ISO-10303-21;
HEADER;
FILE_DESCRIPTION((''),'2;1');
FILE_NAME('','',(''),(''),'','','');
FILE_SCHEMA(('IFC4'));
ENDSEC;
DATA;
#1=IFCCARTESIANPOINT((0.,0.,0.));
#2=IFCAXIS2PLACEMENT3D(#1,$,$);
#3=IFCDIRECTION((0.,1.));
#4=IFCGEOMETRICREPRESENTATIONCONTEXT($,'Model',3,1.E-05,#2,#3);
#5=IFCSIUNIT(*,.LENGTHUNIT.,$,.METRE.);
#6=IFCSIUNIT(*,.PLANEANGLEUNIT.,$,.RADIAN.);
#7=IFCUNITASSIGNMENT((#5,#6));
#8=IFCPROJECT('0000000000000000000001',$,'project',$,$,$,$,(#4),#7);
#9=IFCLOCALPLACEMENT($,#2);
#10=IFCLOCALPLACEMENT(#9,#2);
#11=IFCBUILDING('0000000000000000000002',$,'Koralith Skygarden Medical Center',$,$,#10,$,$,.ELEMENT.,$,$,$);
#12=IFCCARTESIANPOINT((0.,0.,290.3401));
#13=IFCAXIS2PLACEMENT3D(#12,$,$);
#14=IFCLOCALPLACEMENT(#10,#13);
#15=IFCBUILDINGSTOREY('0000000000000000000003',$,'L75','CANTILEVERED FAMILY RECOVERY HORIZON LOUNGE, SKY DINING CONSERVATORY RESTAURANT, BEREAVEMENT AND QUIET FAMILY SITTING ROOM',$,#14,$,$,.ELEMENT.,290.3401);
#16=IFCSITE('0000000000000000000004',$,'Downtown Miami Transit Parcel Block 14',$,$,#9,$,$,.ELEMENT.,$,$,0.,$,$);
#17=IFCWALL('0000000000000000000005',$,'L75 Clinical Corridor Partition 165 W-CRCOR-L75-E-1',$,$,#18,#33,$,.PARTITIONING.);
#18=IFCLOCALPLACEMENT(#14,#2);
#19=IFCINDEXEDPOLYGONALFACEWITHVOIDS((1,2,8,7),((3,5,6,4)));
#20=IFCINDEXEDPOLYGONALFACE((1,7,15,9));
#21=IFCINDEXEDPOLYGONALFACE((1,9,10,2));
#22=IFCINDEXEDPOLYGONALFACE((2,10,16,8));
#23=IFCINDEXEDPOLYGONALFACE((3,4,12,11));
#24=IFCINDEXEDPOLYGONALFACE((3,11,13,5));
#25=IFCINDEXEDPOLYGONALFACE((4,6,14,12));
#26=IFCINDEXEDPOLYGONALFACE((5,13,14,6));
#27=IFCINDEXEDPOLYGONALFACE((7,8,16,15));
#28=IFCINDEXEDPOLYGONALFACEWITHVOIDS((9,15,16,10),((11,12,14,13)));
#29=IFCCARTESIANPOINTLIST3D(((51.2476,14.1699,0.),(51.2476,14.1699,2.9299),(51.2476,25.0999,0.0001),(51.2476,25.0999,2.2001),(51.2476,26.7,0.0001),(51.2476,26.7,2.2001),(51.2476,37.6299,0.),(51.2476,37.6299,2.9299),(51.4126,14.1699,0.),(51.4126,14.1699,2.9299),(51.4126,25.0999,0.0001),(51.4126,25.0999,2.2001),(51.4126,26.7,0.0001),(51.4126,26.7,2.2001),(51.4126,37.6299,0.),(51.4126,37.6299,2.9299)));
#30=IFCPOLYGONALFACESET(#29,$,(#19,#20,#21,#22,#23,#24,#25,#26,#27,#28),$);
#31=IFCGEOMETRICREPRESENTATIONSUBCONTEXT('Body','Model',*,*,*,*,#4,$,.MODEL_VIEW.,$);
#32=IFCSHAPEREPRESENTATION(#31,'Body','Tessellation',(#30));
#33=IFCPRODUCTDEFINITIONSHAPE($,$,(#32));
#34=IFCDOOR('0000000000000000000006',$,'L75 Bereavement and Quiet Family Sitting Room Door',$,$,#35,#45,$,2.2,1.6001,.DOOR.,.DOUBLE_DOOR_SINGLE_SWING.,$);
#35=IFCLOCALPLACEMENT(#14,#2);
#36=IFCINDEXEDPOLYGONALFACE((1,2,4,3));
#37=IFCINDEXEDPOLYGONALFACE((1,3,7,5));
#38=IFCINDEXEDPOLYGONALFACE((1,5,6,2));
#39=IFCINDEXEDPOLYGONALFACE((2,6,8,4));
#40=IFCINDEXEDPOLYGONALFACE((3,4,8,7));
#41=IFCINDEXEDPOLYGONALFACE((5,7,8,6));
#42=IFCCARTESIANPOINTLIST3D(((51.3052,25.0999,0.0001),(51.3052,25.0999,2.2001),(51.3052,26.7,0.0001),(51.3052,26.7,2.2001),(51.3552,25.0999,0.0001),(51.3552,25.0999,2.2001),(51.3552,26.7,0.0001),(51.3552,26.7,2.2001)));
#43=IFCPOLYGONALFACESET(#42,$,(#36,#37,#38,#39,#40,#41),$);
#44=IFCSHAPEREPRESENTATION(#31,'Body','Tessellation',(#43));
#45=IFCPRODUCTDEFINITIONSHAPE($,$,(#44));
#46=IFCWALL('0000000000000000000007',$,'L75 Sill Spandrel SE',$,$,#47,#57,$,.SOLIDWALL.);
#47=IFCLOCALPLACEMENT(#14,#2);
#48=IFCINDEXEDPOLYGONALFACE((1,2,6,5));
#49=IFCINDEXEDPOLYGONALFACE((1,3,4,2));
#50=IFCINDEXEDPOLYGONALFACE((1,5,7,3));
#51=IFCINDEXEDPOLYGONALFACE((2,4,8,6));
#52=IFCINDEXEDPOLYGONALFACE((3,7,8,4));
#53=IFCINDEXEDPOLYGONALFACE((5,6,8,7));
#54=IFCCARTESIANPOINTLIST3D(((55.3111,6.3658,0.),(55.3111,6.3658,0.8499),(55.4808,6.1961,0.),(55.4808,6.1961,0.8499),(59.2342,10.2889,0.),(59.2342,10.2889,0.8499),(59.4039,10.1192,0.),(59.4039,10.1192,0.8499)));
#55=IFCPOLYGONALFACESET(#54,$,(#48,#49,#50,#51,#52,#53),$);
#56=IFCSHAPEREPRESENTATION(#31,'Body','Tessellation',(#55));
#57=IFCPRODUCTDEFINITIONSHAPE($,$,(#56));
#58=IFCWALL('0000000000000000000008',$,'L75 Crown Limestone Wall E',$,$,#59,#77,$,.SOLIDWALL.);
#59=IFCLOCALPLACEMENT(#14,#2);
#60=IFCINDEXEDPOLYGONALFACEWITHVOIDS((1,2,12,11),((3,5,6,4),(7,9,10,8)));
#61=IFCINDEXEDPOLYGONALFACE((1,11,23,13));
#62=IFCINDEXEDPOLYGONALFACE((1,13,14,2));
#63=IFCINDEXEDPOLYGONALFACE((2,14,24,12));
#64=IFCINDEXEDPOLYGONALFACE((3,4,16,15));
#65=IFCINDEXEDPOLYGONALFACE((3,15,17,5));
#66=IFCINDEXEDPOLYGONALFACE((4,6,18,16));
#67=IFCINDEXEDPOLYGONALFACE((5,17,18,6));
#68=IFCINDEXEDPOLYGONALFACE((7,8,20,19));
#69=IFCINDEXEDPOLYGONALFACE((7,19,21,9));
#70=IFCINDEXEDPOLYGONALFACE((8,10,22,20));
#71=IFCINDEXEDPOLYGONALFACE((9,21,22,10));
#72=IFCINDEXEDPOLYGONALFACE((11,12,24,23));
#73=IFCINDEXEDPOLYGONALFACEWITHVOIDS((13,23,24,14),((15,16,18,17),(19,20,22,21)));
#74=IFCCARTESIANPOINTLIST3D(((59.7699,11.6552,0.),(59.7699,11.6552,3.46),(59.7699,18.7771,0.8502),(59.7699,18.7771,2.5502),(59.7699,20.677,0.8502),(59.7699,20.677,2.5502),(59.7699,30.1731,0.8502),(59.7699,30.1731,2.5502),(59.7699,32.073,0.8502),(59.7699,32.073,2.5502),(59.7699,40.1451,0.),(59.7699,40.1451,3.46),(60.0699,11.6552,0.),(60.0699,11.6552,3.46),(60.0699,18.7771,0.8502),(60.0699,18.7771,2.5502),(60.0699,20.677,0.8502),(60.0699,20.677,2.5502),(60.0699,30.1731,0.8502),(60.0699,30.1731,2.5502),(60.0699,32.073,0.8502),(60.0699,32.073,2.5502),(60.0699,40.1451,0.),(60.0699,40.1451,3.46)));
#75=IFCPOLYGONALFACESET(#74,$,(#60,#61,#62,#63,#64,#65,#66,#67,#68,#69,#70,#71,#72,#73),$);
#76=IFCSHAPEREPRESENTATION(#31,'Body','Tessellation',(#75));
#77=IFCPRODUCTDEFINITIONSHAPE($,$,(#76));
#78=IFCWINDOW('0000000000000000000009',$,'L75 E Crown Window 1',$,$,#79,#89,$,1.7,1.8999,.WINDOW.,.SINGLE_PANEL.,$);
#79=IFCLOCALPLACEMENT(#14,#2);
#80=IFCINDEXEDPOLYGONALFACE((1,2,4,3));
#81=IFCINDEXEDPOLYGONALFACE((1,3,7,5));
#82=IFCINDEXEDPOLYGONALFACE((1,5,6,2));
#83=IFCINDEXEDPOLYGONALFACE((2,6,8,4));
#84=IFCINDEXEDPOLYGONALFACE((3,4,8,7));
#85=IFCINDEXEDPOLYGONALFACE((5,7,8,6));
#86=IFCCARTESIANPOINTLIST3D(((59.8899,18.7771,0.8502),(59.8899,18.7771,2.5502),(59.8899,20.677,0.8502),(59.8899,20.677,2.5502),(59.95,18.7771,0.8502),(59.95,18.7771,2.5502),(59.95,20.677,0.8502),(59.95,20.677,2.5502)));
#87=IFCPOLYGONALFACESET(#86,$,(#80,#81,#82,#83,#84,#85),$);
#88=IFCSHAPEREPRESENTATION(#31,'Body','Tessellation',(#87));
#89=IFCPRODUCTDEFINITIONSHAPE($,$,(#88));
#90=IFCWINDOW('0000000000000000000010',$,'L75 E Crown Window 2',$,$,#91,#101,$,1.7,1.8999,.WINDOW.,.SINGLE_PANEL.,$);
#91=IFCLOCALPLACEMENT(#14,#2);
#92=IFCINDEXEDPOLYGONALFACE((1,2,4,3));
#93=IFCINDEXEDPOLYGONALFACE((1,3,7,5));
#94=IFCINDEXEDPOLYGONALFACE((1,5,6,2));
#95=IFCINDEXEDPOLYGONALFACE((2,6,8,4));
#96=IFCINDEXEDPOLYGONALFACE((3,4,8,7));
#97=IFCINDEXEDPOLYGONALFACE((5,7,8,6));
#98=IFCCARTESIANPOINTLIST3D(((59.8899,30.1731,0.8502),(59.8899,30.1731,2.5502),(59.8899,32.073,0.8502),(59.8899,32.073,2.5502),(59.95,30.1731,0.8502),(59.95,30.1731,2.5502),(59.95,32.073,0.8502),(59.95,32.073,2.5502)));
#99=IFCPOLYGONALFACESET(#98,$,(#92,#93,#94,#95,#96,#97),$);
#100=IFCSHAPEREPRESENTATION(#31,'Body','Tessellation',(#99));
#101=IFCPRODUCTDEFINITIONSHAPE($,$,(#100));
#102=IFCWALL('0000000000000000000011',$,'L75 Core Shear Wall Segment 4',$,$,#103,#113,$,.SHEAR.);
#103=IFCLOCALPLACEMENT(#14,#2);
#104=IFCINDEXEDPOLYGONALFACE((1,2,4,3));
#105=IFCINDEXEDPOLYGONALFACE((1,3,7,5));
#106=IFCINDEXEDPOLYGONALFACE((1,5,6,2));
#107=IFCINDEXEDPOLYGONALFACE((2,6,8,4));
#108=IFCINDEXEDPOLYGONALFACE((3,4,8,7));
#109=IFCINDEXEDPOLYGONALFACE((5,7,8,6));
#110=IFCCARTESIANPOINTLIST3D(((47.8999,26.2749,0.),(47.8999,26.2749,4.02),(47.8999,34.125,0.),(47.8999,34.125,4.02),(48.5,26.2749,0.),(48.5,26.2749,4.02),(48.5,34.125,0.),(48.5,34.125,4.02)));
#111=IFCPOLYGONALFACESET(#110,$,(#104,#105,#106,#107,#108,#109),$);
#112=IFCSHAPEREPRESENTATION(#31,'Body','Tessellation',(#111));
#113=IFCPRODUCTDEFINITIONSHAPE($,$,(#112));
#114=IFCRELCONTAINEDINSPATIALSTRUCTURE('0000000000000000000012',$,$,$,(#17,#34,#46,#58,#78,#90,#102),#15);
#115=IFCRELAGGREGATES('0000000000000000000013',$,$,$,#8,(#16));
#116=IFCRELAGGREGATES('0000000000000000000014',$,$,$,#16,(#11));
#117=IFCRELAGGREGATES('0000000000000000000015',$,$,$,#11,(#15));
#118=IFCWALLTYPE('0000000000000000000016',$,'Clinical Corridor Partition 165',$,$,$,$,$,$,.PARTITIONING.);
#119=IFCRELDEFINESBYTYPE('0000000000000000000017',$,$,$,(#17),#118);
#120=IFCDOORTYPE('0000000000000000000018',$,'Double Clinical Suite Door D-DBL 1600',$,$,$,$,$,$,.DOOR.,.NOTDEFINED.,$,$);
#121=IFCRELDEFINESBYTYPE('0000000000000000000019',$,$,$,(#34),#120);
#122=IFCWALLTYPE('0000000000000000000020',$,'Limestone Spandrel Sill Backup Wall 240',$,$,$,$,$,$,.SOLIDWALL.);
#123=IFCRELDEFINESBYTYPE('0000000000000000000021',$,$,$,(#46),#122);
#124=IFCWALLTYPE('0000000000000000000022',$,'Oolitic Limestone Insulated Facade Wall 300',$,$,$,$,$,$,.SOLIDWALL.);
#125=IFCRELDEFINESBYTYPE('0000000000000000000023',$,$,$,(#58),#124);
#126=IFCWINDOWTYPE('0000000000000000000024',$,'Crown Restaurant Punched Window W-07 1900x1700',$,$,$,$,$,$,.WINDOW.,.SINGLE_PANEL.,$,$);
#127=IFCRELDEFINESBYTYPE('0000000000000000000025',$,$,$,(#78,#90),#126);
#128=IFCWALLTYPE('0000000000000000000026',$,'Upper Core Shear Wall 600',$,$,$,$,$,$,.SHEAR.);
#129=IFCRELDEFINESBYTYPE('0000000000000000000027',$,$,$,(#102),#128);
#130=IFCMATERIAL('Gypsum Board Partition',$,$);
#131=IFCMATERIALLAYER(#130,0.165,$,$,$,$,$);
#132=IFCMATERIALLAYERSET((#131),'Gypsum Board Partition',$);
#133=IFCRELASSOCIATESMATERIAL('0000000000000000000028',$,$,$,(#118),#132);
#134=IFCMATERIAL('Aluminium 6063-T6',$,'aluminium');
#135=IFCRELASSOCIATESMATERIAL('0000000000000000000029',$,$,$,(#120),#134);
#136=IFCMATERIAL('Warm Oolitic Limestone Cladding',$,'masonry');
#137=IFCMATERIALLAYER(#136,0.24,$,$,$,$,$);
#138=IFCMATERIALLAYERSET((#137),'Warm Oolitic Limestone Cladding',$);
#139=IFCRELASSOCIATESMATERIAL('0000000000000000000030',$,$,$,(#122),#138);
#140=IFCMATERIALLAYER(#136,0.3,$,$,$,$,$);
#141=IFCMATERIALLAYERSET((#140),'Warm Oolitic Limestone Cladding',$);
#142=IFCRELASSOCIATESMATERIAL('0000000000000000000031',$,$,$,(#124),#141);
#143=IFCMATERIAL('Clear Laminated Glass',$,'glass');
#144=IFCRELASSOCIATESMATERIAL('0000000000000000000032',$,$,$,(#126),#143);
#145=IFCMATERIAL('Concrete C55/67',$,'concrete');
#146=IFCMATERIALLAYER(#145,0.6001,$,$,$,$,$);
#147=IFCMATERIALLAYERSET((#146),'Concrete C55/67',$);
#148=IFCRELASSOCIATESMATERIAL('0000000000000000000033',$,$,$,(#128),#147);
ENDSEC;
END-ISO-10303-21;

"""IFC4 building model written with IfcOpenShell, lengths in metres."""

from ifc_helpers import new_model, si_unit, direction, frame, frame_2d, origin, place, context, subcontext, project, spatial, rectangle, extrude, material, layer, layer_set, type_object, element, fill, save


model = new_model("IFC4")

# Units and contexts
model_context = context("Model", 3, precision=1e-05, world=origin(), true_north=direction((0.0, 1.0)))
body_context = subcontext(model_context, "Body", "Model", "MODEL_VIEW")
ifc_project = project(units=[si_unit("LENGTHUNIT", "METRE"), si_unit("PLANEANGLEUNIT", "RADIAN")], contexts=[model_context])

# Site, building, storey
site_placement = place(None, origin())
site = spatial("IfcSite", under=ifc_project, at=site_placement, Name="Downtown Miami Transit Parcel Block 14", CompositionType="ELEMENT", RefElevation=0.0)
building_placement = place(site_placement, origin())
building = spatial("IfcBuilding", under=site, at=building_placement, Name="Koralith Skygarden Medical Center", CompositionType="ELEMENT")
storey_placement = place(building_placement, frame((0.0, 0.0, 290.3401)))
storey = spatial("IfcBuildingStorey", under=building, at=storey_placement, Name="L75", Description="CANTILEVERED FAMILY RECOVERY HORIZON LOUNGE, SKY DINING CONSERVATORY RESTAURANT, BEREAVEMENT AND QUIET FAMILY SITTING ROOM", CompositionType="ELEMENT", Elevation=290.3401)

# Shared definitions
ifc_material_1 = material(Name="Concrete C55/67", Category="concrete")

# Shared definitions
ifc_material_2 = material(Name="Clear Laminated Glass", Category="glass")
ifc_material_3 = material(Name="Aluminium 6063-T6", Category="aluminium")

# Shared definitions
ifc_material_4 = material(Name="Warm Oolitic Limestone Cladding", Category="masonry")

# Shared definitions
ifc_material_5 = material(Name="Gypsum Board Partition")
ifc_layer_1 = layer(ifc_material_5, 0.165)
ifc_layer_set_1 = layer_set([ifc_layer_1], Name="Gypsum Board Partition")
wall_type_1 = type_object("IfcWallType", Name="Clinical Corridor Partition 165", PredefinedType="PARTITIONING", material=ifc_layer_set_1)

# Wall, opening, door
door_type_1 = type_object("IfcDoorType", Name="Double Clinical Suite Door D-DBL 1600", OperationType="NOTDEFINED", PredefinedType="DOOR", material=ifc_material_3)
wall_1_placement = place(storey_placement, frame((51.3301, 14.1699, 0.0), z_axis=(0.0, 0.0, 1.0), x_axis=(0.0, 1.0, 0.0)))
wall_1 = element("IfcWall", 1, at=wall_1_placement, inside=storey, type_object=wall_type_1, Name="L75 Clinical Corridor Partition 165 W-CRCOR-L75-E-1", PredefinedType="PARTITIONING", context=body_context, shape_type="SweptSolid", body=[
    extrude(rectangle(XDim=23.46, YDim=0.165, at=frame_2d((11.73, 0.0))), origin(), (0.0, 0.0, 1.0), 2.9299),
])
opening_1_placement = place(wall_1_placement, frame((10.9299, 0.0, 0.0)))
opening_1 = element("IfcOpeningElement", 2, at=opening_1_placement, cuts=wall_1, PredefinedType="OPENING", context=body_context, shape_type="SweptSolid", body=[
    extrude(rectangle(XDim=1.6001, YDim=2.2, at=frame_2d((0.8, 1.1001))), frame((0.0, 0.0925, 0.0), z_axis=(0.0, -1.0, 0.0), x_axis=(1.0, 0.0, 0.0)), (0.0, 0.0, 1.0), 0.1851),
])
door_1_placement = place(opening_1_placement, origin())
door_1 = element("IfcDoor", 3, at=door_1_placement, inside=storey, type_object=door_type_1, Name="L75 Bereavement and Quiet Family Sitting Room Door", OperationType="DOUBLE_DOOR_SINGLE_SWING", OverallHeight=2.2, OverallWidth=1.6001, PredefinedType="DOOR", context=body_context, shape_type="SweptSolid", body=[
    extrude(rectangle(XDim=1.6001, YDim=2.2, at=frame_2d((0.8, 1.1001))), frame((0.0, 0.0249, 0.0), z_axis=(0.0, -1.0, 0.0), x_axis=(1.0, 0.0, 0.0)), (0.0, 0.0, 1.0), 0.05),
])
fill(opening_1, door_1)

# Wall
ifc_layer_2 = layer(ifc_material_4, 0.24)
ifc_layer_set_2 = layer_set([ifc_layer_2], Name="Warm Oolitic Limestone Cladding")
wall_type_2 = type_object("IfcWallType", Name="Limestone Spandrel Sill Backup Wall 240", PredefinedType="SOLIDWALL", material=ifc_layer_set_2)
wall_2_placement = place(storey_placement, frame((55.396, 6.281, 0.0), z_axis=(0.0, 0.0, 1.0), x_axis=(0.707107, 0.707107, 0.0)))
element("IfcWall", 4, at=wall_2_placement, inside=storey, type_object=wall_type_2, Name="L75 Sill Spandrel SE", PredefinedType="SOLIDWALL", context=body_context, shape_type="SweptSolid", body=[
    extrude(rectangle(XDim=5.5481, YDim=0.24, at=frame_2d((2.7739, 0.0))), origin(), (0.0, 0.0, 1.0), 0.8499),
])

# Wall, openings, windows
ifc_layer_3 = layer(ifc_material_4, 0.3)
ifc_layer_set_3 = layer_set([ifc_layer_3], Name="Warm Oolitic Limestone Cladding")
wall_type_3 = type_object("IfcWallType", Name="Oolitic Limestone Insulated Facade Wall 300", PredefinedType="SOLIDWALL", material=ifc_layer_set_3)
wall_3_placement = place(storey_placement, frame((59.9199, 11.655, 0.0), z_axis=(0.0, 0.0, 1.0), x_axis=(0.0, 1.0, 0.0)))
wall_3 = element("IfcWall", 5, at=wall_3_placement, inside=storey, type_object=wall_type_3, Name="L75 Crown Limestone Wall E", PredefinedType="SOLIDWALL", context=body_context, shape_type="SweptSolid", body=[
    extrude(rectangle(XDim=28.49, YDim=0.3, at=frame_2d((14.2451, 0.0))), origin(), (0.0, 0.0, 1.0), 3.46),
])
opening_2_placement = place(wall_3_placement, frame((7.1221, 0.0, 0.8501)))
opening_2 = element("IfcOpeningElement", 6, at=opening_2_placement, cuts=wall_3, PredefinedType="OPENING", context=body_context, shape_type="SweptSolid", body=[
    extrude(rectangle(XDim=1.8999, YDim=1.7, at=frame_2d((0.95, 0.8501))), frame((0.0, 0.1599, 0.0), z_axis=(0.0, -1.0, 0.0), x_axis=(1.0, 0.0, 0.0)), (0.0, 0.0, 1.0), 0.3201),
])
opening_3_placement = place(wall_3_placement, frame((18.5181, 0.0, 0.8501)))
opening_3 = element("IfcOpeningElement", 7, at=opening_3_placement, cuts=wall_3, PredefinedType="OPENING", context=body_context, shape_type="SweptSolid", body=[
    extrude(rectangle(XDim=1.8999, YDim=1.7, at=frame_2d((0.95, 0.8501))), frame((0.0, 0.1599, 0.0), z_axis=(0.0, -1.0, 0.0), x_axis=(1.0, 0.0, 0.0)), (0.0, 0.0, 1.0), 0.3201),
])
window_type = type_object("IfcWindowType", Name="Crown Restaurant Punched Window W-07 1900x1700", PartitioningType="SINGLE_PANEL", PredefinedType="WINDOW", material=ifc_material_2)
window_1_placement = place(opening_2_placement, origin())
window_1 = element("IfcWindow", 8, at=window_1_placement, inside=storey, type_object=window_type, Name="L75 E Crown Window 1", OverallHeight=1.7, OverallWidth=1.8999, PartitioningType="SINGLE_PANEL", PredefinedType="WINDOW", context=body_context, shape_type="SweptSolid", body=[
    extrude(rectangle(XDim=1.8999, YDim=1.7, at=frame_2d((0.95, 0.8501))), frame((0.0, 0.03, 0.0), z_axis=(0.0, -1.0, 0.0), x_axis=(1.0, 0.0, 0.0)), (0.0, 0.0, 1.0), 0.0601),
])
fill(opening_2, window_1)
window_2_placement = place(opening_3_placement, origin())
window_2 = element("IfcWindow", 9, at=window_2_placement, inside=storey, type_object=window_type, Name="L75 E Crown Window 2", OverallHeight=1.7, OverallWidth=1.8999, PartitioningType="SINGLE_PANEL", PredefinedType="WINDOW", context=body_context, shape_type="SweptSolid", body=[
    extrude(rectangle(XDim=1.8999, YDim=1.7, at=frame_2d((0.95, 0.8501))), frame((0.0, 0.03, 0.0), z_axis=(0.0, -1.0, 0.0), x_axis=(1.0, 0.0, 0.0)), (0.0, 0.0, 1.0), 0.0601),
])
fill(opening_3, window_2)

# Shared definitions
ifc_layer_4 = layer(ifc_material_1, 0.6001)
ifc_layer_set_4 = layer_set([ifc_layer_4], Name="Concrete C55/67")
wall_type_4 = type_object("IfcWallType", Name="Upper Core Shear Wall 600", PredefinedType="SHEAR", material=ifc_layer_set_4)

# Wall
wall_4_placement = place(storey_placement, frame((48.2, 26.2749, 0.0), z_axis=(0.0, 0.0, 1.0), x_axis=(0.0, 1.0, 0.0)))
element("IfcWall", 10, at=wall_4_placement, inside=storey, type_object=wall_type_4, Name="L75 Core Shear Wall Segment 4", PredefinedType="SHEAR", context=body_context, shape_type="SweptSolid", body=[
    extrude(rectangle(XDim=7.8501, YDim=0.6001, at=frame_2d((3.925, 0.0))), origin(), (0.0, 0.0, 1.0), 4.02),
])

save(model, "model.ifc")
